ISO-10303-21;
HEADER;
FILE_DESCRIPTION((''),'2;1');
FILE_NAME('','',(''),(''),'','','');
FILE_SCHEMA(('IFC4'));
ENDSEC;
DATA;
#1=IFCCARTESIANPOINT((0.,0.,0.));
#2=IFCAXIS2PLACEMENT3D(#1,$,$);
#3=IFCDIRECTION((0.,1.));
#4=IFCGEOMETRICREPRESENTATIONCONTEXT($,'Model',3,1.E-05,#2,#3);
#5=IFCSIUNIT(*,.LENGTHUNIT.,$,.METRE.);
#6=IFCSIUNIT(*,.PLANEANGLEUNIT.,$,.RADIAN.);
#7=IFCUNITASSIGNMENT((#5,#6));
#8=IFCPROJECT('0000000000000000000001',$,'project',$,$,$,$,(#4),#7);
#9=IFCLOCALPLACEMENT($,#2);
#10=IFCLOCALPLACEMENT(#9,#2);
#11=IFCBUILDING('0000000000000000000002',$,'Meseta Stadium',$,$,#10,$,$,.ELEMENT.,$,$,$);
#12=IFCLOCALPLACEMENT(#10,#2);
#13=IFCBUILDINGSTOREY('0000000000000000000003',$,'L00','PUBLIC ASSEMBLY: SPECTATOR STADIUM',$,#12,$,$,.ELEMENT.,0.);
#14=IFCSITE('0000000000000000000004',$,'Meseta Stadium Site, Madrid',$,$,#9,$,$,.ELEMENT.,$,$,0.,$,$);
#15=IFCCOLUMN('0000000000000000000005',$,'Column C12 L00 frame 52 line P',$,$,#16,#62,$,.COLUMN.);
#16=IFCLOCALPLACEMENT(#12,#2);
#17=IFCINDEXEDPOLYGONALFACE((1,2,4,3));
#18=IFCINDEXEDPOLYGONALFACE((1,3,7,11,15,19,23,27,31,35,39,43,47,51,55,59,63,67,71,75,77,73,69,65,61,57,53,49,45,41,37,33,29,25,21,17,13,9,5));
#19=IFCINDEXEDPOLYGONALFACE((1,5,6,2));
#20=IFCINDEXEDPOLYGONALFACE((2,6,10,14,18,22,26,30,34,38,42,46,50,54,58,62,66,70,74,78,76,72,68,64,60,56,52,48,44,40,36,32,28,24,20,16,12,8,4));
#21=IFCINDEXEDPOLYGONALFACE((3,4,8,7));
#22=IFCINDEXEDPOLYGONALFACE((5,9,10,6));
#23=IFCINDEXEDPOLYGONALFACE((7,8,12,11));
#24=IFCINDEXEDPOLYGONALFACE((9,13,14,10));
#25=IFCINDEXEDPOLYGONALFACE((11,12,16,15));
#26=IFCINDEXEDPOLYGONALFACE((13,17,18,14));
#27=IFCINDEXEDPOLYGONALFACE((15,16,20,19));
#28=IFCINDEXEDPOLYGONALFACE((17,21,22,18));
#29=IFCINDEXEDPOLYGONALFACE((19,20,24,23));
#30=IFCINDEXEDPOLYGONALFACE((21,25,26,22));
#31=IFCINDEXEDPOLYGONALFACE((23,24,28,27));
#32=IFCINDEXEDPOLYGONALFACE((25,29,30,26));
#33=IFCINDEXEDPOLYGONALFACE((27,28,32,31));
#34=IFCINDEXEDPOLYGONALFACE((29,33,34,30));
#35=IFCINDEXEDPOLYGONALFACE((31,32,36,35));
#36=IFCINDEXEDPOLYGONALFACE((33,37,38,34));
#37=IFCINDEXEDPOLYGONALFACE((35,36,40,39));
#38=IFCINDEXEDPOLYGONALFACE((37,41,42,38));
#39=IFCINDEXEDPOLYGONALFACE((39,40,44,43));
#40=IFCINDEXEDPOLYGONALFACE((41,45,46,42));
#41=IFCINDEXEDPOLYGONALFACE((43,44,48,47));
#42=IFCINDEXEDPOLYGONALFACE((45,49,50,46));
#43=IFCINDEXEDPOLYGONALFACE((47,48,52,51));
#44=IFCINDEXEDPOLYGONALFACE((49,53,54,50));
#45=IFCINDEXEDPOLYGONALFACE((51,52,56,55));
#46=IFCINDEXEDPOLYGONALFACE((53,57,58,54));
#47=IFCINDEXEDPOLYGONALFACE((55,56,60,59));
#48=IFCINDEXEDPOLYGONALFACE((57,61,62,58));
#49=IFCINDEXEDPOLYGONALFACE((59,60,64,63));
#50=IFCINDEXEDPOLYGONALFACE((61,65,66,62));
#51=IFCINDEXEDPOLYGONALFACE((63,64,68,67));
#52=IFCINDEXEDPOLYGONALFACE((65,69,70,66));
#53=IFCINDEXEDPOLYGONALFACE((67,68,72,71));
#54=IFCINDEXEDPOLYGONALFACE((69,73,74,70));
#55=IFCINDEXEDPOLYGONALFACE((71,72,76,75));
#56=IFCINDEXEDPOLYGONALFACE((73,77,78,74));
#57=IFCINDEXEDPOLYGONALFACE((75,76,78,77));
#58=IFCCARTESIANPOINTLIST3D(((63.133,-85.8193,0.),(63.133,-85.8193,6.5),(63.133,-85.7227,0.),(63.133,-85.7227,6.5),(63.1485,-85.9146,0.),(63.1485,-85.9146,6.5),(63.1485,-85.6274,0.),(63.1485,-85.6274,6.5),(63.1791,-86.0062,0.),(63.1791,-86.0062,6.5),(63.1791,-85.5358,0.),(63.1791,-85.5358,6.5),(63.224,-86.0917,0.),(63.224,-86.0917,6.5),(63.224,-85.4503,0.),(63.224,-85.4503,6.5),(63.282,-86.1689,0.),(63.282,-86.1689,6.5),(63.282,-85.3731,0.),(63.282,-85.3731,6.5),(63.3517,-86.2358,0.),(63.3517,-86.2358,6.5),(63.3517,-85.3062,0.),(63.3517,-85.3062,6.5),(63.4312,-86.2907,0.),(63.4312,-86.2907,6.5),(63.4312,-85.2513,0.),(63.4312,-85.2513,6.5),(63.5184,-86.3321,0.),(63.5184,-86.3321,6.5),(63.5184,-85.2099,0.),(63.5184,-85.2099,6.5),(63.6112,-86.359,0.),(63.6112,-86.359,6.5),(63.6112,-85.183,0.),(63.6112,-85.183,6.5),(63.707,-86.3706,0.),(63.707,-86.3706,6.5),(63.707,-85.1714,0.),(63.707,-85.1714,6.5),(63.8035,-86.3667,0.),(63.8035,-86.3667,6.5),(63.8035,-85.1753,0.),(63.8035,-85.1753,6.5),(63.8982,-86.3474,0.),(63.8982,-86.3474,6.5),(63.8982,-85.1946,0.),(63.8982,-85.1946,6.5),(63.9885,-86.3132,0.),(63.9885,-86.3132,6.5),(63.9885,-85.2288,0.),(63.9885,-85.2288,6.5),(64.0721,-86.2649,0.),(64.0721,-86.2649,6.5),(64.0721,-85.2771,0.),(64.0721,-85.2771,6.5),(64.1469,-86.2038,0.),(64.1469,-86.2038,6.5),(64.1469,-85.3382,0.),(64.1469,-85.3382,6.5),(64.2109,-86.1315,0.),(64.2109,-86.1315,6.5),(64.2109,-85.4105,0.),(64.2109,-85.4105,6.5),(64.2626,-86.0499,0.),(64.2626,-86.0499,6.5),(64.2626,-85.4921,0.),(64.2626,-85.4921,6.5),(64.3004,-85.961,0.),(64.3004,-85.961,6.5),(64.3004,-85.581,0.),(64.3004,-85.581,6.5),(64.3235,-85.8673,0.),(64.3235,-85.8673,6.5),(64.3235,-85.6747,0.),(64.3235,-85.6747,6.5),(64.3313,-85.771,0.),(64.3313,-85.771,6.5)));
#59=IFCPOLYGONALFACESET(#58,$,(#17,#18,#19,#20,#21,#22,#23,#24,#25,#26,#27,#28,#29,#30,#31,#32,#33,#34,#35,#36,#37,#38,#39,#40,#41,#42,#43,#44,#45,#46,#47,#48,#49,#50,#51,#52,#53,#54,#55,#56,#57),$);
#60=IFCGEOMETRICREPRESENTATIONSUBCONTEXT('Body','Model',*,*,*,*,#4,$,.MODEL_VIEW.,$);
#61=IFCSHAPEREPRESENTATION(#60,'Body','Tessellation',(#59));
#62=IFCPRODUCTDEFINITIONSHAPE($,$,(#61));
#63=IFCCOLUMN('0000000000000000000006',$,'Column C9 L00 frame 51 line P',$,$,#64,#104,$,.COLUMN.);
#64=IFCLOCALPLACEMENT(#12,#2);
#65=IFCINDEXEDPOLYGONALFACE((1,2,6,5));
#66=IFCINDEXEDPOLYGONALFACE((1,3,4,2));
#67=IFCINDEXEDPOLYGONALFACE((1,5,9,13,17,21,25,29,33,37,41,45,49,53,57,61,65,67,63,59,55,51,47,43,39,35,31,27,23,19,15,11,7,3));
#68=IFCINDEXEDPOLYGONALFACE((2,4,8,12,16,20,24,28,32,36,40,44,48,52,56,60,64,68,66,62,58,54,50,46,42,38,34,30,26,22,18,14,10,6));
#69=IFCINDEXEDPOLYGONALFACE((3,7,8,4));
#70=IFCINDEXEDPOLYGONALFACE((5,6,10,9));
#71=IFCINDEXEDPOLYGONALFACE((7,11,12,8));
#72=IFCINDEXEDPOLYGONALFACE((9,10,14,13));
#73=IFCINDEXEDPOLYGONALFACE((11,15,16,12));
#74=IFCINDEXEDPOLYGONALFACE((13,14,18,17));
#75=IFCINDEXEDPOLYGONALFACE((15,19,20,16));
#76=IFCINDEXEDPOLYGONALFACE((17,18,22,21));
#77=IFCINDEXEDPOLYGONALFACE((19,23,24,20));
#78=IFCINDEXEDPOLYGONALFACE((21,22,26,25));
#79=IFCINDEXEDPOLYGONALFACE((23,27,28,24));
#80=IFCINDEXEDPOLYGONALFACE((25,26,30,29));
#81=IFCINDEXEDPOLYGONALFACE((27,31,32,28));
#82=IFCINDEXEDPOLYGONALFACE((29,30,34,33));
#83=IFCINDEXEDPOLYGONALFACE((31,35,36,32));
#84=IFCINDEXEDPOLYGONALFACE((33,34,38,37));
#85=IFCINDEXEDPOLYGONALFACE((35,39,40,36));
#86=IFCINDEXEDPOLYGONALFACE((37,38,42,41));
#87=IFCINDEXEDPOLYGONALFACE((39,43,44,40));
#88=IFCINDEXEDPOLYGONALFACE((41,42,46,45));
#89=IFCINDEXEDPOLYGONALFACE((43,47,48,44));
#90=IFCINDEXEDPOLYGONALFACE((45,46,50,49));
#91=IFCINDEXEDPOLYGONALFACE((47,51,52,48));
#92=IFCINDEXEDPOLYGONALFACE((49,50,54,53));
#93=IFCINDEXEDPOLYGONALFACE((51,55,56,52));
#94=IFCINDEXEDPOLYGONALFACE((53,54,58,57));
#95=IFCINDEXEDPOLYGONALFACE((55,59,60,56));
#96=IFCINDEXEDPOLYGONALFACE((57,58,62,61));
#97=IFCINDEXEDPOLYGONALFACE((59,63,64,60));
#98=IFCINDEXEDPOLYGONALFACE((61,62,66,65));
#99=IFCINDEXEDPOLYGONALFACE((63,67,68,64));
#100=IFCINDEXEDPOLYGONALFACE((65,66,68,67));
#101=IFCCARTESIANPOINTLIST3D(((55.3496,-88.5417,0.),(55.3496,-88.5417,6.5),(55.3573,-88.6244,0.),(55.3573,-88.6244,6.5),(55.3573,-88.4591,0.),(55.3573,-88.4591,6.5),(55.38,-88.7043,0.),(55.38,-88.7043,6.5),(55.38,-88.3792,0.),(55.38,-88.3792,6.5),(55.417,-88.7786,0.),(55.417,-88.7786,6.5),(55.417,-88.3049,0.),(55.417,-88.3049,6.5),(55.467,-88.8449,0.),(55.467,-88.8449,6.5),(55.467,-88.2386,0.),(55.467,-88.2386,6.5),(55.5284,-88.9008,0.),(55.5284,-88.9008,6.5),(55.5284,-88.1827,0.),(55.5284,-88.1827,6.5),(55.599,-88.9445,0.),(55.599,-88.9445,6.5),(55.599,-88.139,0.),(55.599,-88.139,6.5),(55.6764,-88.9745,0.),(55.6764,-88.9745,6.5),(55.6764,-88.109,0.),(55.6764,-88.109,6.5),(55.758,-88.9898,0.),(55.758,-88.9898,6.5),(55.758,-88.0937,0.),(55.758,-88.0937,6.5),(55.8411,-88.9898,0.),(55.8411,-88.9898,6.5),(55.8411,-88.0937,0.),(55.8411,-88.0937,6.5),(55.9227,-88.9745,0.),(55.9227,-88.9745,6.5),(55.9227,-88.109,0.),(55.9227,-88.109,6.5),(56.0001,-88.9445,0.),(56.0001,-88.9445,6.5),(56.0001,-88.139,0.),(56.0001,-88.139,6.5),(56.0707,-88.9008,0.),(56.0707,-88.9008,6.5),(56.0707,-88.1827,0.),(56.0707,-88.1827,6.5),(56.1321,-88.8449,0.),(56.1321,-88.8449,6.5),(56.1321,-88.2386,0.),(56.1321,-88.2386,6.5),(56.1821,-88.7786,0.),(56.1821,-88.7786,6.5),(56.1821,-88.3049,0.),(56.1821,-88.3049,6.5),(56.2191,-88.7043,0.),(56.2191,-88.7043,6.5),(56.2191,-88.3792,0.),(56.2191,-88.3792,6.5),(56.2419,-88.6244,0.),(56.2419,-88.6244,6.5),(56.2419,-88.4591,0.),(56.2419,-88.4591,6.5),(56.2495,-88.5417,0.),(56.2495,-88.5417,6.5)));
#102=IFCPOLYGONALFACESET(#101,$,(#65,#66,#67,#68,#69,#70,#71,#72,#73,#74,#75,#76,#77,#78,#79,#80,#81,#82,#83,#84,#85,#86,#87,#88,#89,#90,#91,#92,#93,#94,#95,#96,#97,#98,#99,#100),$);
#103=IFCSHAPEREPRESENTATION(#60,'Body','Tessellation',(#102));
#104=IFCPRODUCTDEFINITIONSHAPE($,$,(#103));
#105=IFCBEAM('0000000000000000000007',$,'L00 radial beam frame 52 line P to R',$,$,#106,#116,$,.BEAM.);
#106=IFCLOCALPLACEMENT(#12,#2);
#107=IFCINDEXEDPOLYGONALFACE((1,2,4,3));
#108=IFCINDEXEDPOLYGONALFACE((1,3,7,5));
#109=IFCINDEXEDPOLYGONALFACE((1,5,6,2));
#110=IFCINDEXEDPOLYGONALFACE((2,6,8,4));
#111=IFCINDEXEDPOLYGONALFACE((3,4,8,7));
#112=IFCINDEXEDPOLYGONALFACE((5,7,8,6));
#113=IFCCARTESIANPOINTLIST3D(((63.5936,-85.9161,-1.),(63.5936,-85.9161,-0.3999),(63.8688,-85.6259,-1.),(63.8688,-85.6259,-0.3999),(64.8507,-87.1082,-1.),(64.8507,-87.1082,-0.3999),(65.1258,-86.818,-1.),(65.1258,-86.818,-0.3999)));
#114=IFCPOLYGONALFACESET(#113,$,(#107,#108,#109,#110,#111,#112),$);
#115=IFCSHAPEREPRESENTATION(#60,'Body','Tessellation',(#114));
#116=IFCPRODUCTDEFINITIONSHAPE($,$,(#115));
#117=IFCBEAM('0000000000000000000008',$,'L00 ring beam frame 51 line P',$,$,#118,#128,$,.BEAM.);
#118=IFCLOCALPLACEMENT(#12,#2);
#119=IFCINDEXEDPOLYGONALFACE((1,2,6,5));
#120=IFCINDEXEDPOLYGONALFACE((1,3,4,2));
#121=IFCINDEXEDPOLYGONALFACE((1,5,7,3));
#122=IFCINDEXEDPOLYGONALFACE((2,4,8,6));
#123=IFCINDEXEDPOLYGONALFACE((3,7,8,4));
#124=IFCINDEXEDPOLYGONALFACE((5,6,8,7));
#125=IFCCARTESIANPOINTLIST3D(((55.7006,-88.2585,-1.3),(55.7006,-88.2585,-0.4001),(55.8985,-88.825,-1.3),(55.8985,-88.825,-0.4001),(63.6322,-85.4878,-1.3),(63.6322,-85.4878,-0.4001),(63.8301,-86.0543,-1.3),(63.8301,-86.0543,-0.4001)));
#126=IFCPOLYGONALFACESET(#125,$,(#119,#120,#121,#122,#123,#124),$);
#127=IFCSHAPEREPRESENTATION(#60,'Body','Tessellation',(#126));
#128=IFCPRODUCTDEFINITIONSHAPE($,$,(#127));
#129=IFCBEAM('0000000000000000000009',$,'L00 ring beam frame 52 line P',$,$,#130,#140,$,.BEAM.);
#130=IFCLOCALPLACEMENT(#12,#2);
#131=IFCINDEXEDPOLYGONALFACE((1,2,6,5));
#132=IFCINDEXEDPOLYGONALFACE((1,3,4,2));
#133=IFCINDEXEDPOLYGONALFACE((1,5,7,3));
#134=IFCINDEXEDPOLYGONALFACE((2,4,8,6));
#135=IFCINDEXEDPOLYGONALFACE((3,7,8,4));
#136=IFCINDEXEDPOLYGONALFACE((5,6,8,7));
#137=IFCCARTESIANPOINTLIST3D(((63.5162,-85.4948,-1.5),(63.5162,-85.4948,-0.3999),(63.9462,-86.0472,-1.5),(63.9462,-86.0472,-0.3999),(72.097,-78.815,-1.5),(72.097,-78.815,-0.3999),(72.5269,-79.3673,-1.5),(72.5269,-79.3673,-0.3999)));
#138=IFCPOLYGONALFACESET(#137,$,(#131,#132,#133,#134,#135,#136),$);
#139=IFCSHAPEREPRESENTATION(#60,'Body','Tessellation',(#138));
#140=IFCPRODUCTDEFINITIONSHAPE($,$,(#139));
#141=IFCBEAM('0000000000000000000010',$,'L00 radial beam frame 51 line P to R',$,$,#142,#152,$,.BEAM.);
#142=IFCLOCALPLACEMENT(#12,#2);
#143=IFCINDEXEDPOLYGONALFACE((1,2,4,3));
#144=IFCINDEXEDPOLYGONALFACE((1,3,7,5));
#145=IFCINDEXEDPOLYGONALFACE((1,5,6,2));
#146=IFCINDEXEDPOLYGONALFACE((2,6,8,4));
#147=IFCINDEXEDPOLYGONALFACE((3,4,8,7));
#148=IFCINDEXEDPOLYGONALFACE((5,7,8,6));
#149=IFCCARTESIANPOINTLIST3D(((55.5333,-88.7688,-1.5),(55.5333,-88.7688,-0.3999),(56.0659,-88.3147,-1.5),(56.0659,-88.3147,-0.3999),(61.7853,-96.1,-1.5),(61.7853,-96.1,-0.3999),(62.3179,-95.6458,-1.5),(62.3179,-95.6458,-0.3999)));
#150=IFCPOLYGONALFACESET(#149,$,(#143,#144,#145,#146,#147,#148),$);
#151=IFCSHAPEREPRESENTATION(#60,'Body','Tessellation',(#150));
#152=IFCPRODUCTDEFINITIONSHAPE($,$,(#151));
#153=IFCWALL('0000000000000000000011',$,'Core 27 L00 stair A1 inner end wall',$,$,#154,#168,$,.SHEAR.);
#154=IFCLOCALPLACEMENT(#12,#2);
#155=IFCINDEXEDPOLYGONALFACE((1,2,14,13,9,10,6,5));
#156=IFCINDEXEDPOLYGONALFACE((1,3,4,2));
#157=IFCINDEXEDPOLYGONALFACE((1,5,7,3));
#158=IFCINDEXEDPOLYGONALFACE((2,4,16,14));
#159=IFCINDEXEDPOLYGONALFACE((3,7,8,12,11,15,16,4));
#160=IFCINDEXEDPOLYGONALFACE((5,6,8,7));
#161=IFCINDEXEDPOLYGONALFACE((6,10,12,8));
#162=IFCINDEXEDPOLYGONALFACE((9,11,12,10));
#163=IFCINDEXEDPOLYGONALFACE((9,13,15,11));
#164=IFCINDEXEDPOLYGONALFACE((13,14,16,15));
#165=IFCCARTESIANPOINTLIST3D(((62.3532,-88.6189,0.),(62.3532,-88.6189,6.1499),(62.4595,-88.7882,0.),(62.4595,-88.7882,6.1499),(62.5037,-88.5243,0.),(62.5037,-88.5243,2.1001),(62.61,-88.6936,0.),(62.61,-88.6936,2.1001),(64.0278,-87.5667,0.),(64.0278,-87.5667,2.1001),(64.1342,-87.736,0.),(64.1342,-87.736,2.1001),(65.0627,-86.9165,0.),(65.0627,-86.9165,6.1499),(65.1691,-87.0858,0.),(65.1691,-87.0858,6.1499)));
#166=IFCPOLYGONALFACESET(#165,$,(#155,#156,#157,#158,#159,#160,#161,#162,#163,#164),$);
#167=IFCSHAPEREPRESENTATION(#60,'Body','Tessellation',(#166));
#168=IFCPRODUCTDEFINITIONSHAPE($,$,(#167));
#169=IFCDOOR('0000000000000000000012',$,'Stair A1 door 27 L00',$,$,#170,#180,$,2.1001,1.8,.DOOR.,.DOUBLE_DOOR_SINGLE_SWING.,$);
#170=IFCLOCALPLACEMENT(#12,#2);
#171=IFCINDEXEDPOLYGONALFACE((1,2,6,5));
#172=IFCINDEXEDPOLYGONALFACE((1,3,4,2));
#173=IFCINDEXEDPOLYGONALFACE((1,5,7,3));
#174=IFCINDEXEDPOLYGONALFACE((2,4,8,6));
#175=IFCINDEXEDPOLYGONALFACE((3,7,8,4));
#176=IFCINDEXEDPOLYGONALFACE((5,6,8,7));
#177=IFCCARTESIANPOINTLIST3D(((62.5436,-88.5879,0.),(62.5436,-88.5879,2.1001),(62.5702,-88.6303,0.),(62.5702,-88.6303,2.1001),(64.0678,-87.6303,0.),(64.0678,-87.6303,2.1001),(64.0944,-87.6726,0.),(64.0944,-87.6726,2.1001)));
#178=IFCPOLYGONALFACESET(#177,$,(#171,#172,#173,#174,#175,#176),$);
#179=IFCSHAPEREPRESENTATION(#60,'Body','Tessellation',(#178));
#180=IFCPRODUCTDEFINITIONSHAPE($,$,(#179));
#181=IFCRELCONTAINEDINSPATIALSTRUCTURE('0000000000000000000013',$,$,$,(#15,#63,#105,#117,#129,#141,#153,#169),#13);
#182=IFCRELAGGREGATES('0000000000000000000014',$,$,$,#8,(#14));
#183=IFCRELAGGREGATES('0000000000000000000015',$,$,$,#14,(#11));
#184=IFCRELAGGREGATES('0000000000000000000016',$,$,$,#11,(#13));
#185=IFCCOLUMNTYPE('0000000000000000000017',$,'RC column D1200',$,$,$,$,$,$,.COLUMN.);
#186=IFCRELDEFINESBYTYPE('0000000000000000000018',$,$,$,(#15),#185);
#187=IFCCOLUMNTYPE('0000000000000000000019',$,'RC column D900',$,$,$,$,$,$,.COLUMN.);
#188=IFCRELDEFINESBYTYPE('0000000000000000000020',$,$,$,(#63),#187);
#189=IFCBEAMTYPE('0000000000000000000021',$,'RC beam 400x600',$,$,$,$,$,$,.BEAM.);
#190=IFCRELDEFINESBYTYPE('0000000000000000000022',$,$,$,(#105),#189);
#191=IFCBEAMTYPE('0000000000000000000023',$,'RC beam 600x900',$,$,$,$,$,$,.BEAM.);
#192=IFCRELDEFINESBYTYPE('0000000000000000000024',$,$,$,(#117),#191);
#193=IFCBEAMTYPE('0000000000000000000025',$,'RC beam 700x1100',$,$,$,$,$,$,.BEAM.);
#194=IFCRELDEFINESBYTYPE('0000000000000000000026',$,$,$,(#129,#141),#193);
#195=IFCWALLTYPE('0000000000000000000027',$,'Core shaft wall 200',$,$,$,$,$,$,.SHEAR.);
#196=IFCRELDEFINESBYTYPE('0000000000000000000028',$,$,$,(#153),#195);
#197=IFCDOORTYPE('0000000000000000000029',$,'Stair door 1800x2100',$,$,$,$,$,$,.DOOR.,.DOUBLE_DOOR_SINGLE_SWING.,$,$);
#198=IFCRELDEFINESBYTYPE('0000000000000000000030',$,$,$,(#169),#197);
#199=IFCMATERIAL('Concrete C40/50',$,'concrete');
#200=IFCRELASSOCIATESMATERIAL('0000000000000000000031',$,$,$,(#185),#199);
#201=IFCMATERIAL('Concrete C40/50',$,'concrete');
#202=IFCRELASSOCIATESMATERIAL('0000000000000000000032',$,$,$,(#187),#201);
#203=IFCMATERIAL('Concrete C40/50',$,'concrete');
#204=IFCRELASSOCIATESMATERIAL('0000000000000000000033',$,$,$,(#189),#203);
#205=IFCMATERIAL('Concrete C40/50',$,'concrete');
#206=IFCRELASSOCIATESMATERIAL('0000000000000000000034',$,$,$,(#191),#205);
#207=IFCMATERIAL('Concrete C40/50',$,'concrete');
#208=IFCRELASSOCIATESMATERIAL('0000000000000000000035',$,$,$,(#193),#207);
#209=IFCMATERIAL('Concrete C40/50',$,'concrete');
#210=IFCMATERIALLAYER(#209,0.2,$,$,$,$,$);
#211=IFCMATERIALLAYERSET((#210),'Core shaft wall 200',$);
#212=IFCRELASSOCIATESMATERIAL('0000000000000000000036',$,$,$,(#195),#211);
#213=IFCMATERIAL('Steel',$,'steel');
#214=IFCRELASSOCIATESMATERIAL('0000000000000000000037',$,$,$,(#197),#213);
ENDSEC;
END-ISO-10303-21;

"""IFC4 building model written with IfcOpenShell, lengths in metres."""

from ifc_helpers import new_model, si_unit, direction, frame, frame_2d, origin, origin_2d, place, context, subcontext, project, spatial, rectangle, circle, extrude, material, layer, layer_set, material_profile, profile_set, type_object, element, fill, save


model = new_model("IFC4")

# Units and contexts
model_context = context("Model", 3, precision=1e-05, world=origin(), true_north=direction((0.0, 1.0)))
body_context = subcontext(model_context, "Body", "Model", "MODEL_VIEW")
ifc_project = project(units=[si_unit("LENGTHUNIT", "METRE"), si_unit("PLANEANGLEUNIT", "RADIAN")], contexts=[model_context])

# Site, building, storey
site_placement = place(None, origin())
site = spatial("IfcSite", under=ifc_project, at=site_placement, Name="Meseta Stadium Site, Madrid", CompositionType="ELEMENT", RefElevation=0.0)
building_placement = place(site_placement, origin())
building = spatial("IfcBuilding", under=site, at=building_placement, Name="Meseta Stadium", CompositionType="ELEMENT")
storey_placement = place(building_placement, origin())
storey = spatial("IfcBuildingStorey", under=building, at=storey_placement, Name="L00", Description="PUBLIC ASSEMBLY: SPECTATOR STADIUM", CompositionType="ELEMENT", Elevation=0.0)

# Columns
ifc_material_1 = material(Name="Concrete C40/50", Category="concrete")
ifc_material_profile_1 = material_profile(ifc_material_1, circle(Radius=0.6001, at=origin_2d()), Name="RC D1200")
ifc_profile_set_1 = profile_set([ifc_material_profile_1], Name="Concrete C40/50")
column_type_1 = type_object("IfcColumnType", Name="RC column D1200", PredefinedType="COLUMN", material=ifc_profile_set_1)
column_1_placement = place(storey_placement, frame((63.7312, -85.771, 0.0), z_axis=(0.0, 0.0, 1.0), x_axis=(1.0, 0.0, 0.0)))
element("IfcColumn", 1, at=column_1_placement, inside=storey, type_object=column_type_1, Name="Column C12 L00 frame 52 line P", PredefinedType="COLUMN", context=body_context, shape_type="SweptSolid", body=[
    extrude(circle(Radius=0.6001, at=origin_2d()), origin(), (0.0, 0.0, 1.0), 6.5),
])
ifc_material_2 = material(Name="Concrete C40/50", Category="concrete")
ifc_material_profile_2 = material_profile(ifc_material_2, circle(Radius=0.45, at=origin_2d()), Name="RC D900")
ifc_profile_set_2 = profile_set([ifc_material_profile_2], Name="Concrete C40/50")
column_type_2 = type_object("IfcColumnType", Name="RC column D900", PredefinedType="COLUMN", material=ifc_profile_set_2)
column_2_placement = place(storey_placement, frame((55.7996, -88.5417, 0.0), z_axis=(0.0, 0.0, 1.0), x_axis=(1.0, 0.0, 0.0)))
element("IfcColumn", 2, at=column_2_placement, inside=storey, type_object=column_type_2, Name="Column C9 L00 frame 51 line P", PredefinedType="COLUMN", context=body_context, shape_type="SweptSolid", body=[
    extrude(circle(Radius=0.45, at=origin_2d()), origin(), (0.0, 0.0, 1.0), 6.5),
])

# Beams
ifc_material_3 = material(Name="Concrete C40/50", Category="concrete")
ifc_material_profile_3 = material_profile(ifc_material_3, rectangle(XDim=0.3999, YDim=0.6001, at=origin_2d()), Name="RC 400x600")
ifc_profile_set_3 = profile_set([ifc_material_profile_3], Name="Concrete C40/50")
beam_type_1 = type_object("IfcBeamType", Name="RC beam 400x600", PredefinedType="BEAM", material=ifc_profile_set_3)
beam_1_placement = place(storey_placement, frame((63.7312, -85.771, -0.7), z_axis=(0.725601, -0.688116, 0.0), x_axis=(0.688116, 0.725601, 0.0)))
element("IfcBeam", 3, at=beam_1_placement, inside=storey, type_object=beam_type_1, Name="L00 radial beam frame 52 line P to R", PredefinedType="BEAM", context=body_context, shape_type="SweptSolid", body=[
    extrude(rectangle(XDim=0.3999, YDim=0.6001, at=origin_2d()), origin(), (0.0, 0.0, 1.0), 1.7324),
])
ifc_material_4 = material(Name="Concrete C40/50", Category="concrete")
ifc_material_profile_4 = material_profile(ifc_material_4, rectangle(XDim=0.6001, YDim=0.8999, at=origin_2d()), Name="RC 600x900")
ifc_profile_set_4 = profile_set([ifc_material_profile_4], Name="Concrete C40/50")
beam_type_2 = type_object("IfcBeamType", Name="RC beam 600x900", PredefinedType="BEAM", material=ifc_profile_set_4)
beam_2_placement = place(storey_placement, frame((55.7996, -88.5417, -0.8501), z_axis=(0.944056, 0.329786, 0.0), x_axis=(-0.329786, 0.944056, 0.0)))
element("IfcBeam", 4, at=beam_2_placement, inside=storey, type_object=beam_type_2, Name="L00 ring beam frame 51 line P", PredefinedType="BEAM", context=body_context, shape_type="SweptSolid", body=[
    extrude(rectangle(XDim=0.6001, YDim=0.8999, at=origin_2d()), origin(), (0.0, 0.0, 1.0), 8.4016),
])
ifc_material_5 = material(Name="Concrete C40/50", Category="concrete")
ifc_material_profile_5 = material_profile(ifc_material_5, rectangle(XDim=0.7, YDim=1.1001, at=origin_2d()), Name="RC 700x1100")
ifc_profile_set_5 = profile_set([ifc_material_profile_5], Name="Concrete C40/50")
beam_type_3 = type_object("IfcBeamType", Name="RC beam 700x1100", PredefinedType="BEAM", material=ifc_profile_set_5)
beam_3_placement = place(storey_placement, frame((63.7312, -85.771, -0.95), z_axis=(0.789086, 0.614283, 0.0), x_axis=(-0.614283, 0.789086, 0.0)))
element("IfcBeam", 5, at=beam_3_placement, inside=storey, type_object=beam_type_3, Name="L00 ring beam frame 52 line P", PredefinedType="BEAM", context=body_context, shape_type="SweptSolid", body=[
    extrude(rectangle(XDim=0.7, YDim=1.1001, at=origin_2d()), origin(), (0.0, 0.0, 1.0), 10.8743),
])
beam_4_placement = place(storey_placement, frame((55.7996, -88.5417, -0.95), z_axis=(0.648886, -0.760885, 0.0), x_axis=(0.760885, 0.648886, 0.0)))
element("IfcBeam", 6, at=beam_4_placement, inside=storey, type_object=beam_type_3, Name="L00 radial beam frame 51 line P to R", PredefinedType="BEAM", context=body_context, shape_type="SweptSolid", body=[
    extrude(rectangle(XDim=0.7, YDim=1.1001, at=origin_2d()), origin(), (0.0, 0.0, 1.0), 9.635),
])

# Wall, opening, door
ifc_material_6 = material(Name="Concrete C40/50", Category="concrete")
ifc_layer_1 = layer(ifc_material_6, 0.2)
ifc_layer_set_1 = layer_set([ifc_layer_1], Name="Core shaft wall 200")
wall_type_1 = type_object("IfcWallType", Name="Core shaft wall 200", PredefinedType="SHEAR", material=ifc_layer_set_1)
wall_1_placement = place(storey_placement, frame((62.4062, -88.7036, 0.0), z_axis=(0.0, 0.0, 1.0), x_axis=(0.846736, 0.532014, 0.0)))
wall_1 = element("IfcWall", 7, at=wall_1_placement, inside=storey, type_object=wall_type_1, Name="Core 27 L00 stair A1 inner end wall", PredefinedType="SHEAR", context=body_context, shape_type="SweptSolid", body=[
    extrude(rectangle(XDim=3.2, YDim=0.2, at=frame_2d((1.6001, 0.0))), origin(), (0.0, 0.0, 1.0), 6.1499),
])
opening_1_placement = place(wall_1_placement, frame((0.178, 0.0, 0.0)))
opening_1 = element("IfcOpeningElement", 8, at=opening_1_placement, cuts=wall_1, PredefinedType="OPENING", context=body_context, shape_type="SweptSolid", body=[
    extrude(rectangle(XDim=1.8, YDim=2.1001, at=frame_2d((0.8999, 1.05))), frame((0.0, 0.1099, 0.0), z_axis=(0.0, -1.0, 0.0), x_axis=(1.0, 0.0, 0.0)), (0.0, 0.0, 1.0), 0.22),
])
ifc_material_7 = material(Name="Steel", Category="steel")
door_type_1 = type_object("IfcDoorType", Name="Stair door 1800x2100", OperationType="DOUBLE_DOOR_SINGLE_SWING", PredefinedType="DOOR", material=ifc_material_7)
door_1_placement = place(opening_1_placement, origin())
door_1 = element("IfcDoor", 9, at=door_1_placement, inside=storey, type_object=door_type_1, Name="Stair A1 door 27 L00", OperationType="DOUBLE_DOOR_SINGLE_SWING", OverallHeight=2.1001, OverallWidth=1.8, PredefinedType="DOOR", context=body_context, shape_type="SweptSolid", body=[
    extrude(rectangle(XDim=1.8, YDim=2.1001, at=frame_2d((0.8999, 1.05))), frame((0.0, 0.0249, 0.0), z_axis=(0.0, -1.0, 0.0), x_axis=(1.0, 0.0, 0.0)), (0.0, 0.0, 1.0), 0.05),
])
fill(opening_1, door_1)

save(model, "model.ifc")
